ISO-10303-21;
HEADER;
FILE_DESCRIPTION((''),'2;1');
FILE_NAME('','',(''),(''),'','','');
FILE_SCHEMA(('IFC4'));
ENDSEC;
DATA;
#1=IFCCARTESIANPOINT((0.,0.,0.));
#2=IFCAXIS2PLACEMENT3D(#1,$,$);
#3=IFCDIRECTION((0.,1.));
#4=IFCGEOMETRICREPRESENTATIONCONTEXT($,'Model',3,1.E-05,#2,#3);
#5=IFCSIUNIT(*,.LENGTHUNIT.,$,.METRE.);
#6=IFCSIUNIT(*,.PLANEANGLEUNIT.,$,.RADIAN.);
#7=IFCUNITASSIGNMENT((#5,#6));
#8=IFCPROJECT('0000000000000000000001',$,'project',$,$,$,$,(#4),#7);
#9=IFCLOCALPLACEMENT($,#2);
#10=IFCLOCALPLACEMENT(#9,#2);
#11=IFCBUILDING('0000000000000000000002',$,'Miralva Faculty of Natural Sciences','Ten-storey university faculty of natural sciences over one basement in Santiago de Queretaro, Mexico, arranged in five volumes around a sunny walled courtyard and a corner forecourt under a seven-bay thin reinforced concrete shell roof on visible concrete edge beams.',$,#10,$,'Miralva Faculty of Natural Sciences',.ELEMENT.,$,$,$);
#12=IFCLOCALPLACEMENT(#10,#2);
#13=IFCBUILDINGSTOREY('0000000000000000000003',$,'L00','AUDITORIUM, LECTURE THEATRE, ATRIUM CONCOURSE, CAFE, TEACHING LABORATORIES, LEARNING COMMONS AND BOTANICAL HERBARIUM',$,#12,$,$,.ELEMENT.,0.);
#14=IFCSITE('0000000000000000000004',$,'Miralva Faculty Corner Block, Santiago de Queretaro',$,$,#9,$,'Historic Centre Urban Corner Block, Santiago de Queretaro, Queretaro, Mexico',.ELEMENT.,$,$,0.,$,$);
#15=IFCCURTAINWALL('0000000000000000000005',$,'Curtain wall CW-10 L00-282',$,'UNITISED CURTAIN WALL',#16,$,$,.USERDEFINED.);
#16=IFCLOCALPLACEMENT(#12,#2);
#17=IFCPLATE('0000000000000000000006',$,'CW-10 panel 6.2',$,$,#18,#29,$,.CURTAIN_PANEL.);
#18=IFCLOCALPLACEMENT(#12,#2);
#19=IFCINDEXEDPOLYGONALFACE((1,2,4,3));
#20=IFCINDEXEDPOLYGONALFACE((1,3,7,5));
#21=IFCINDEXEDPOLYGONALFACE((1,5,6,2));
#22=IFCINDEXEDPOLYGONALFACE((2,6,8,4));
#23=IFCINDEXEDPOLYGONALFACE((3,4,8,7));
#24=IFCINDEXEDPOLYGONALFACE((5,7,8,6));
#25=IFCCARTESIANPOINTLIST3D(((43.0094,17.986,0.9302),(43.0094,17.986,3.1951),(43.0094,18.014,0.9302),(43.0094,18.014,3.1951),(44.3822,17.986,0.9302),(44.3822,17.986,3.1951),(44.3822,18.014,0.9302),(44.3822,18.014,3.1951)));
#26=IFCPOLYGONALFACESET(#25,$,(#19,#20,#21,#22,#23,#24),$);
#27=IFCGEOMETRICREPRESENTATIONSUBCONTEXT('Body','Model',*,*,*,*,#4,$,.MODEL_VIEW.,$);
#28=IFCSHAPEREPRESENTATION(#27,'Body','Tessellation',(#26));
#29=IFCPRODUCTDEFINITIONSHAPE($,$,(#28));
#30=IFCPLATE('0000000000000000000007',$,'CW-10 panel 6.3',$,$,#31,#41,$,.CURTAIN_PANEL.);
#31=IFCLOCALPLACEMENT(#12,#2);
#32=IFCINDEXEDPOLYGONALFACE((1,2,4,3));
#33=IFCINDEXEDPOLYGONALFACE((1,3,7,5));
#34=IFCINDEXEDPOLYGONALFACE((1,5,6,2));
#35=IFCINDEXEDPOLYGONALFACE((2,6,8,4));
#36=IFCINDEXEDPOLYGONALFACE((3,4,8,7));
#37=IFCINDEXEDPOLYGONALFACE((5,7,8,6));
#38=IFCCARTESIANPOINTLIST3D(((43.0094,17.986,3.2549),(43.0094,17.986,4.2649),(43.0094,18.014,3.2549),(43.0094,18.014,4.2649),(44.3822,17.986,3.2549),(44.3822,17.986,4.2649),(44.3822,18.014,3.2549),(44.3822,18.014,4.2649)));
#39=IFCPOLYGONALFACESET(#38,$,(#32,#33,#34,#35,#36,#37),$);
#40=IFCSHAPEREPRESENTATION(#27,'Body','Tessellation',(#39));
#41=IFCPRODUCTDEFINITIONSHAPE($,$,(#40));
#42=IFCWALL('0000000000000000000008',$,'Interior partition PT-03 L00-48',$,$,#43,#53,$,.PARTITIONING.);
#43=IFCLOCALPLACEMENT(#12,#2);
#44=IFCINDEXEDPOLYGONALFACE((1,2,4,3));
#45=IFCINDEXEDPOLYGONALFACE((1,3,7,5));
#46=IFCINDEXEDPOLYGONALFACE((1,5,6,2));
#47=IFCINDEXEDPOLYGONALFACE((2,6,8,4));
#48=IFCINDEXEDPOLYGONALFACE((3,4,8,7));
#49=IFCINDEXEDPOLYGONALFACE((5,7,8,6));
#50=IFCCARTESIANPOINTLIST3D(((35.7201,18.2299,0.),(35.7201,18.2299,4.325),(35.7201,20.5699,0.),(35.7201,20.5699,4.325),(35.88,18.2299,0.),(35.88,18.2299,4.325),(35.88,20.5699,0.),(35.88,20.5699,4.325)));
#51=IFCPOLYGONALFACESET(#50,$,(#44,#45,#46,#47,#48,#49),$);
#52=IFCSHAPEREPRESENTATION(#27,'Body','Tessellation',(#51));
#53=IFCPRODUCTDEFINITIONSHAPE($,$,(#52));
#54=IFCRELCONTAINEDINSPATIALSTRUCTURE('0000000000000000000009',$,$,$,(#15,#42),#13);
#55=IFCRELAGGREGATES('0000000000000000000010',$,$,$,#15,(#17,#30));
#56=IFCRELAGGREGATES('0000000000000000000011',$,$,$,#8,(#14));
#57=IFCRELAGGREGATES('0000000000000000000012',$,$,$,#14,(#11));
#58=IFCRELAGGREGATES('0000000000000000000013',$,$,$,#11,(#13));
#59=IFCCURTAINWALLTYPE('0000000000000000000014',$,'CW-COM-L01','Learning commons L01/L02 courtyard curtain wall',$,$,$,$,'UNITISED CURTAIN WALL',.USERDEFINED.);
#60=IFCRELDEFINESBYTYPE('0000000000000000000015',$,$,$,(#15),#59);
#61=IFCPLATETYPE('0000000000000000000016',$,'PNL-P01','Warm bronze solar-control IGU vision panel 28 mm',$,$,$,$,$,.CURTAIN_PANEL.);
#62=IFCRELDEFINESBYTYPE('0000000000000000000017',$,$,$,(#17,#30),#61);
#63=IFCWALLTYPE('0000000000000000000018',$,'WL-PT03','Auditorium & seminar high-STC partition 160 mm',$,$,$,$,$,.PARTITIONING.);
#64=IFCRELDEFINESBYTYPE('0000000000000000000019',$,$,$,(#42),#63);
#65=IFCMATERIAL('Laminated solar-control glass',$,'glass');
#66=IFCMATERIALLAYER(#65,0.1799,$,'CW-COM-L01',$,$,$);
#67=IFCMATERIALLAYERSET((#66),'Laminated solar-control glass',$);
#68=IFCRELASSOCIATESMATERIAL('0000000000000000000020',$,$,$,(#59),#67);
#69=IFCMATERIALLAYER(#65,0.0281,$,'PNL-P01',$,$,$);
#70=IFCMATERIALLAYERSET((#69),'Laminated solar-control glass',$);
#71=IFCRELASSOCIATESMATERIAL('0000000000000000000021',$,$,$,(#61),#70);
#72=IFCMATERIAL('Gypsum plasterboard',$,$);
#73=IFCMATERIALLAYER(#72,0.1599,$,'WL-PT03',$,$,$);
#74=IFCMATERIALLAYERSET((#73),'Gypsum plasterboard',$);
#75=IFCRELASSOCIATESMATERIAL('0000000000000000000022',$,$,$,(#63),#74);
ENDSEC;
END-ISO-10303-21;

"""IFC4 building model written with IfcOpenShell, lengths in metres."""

from ifc_helpers import new_model, si_unit, direction, frame, frame_2d, origin, origin_2d, place, context, subcontext, project, spatial, rectangle, extrude, material, layer, layer_set, type_object, element, aggregate, save


model = new_model("IFC4")

# Units and contexts
model_context = context("Model", 3, precision=1e-05, world=origin(), true_north=direction((0.0, 1.0)))
body_context = subcontext(model_context, "Body", "Model", "MODEL_VIEW")
ifc_project = project(units=[si_unit("LENGTHUNIT", "METRE"), si_unit("PLANEANGLEUNIT", "RADIAN")], contexts=[model_context])

# Site, building, storey
site_placement = place(None, origin())
site = spatial("IfcSite", under=ifc_project, at=site_placement, Name="Miralva Faculty Corner Block, Santiago de Queretaro", LongName="Historic Centre Urban Corner Block, Santiago de Queretaro, Queretaro, Mexico", CompositionType="ELEMENT", RefElevation=0.0)
building_placement = place(site_placement, origin())
building = spatial("IfcBuilding", under=site, at=building_placement, Name="Miralva Faculty of Natural Sciences", Description="Ten-storey university faculty of natural sciences over one basement in Santiago de Queretaro, Mexico, arranged in five volumes around a sunny walled courtyard and a corner forecourt under a seven-bay thin reinforced concrete shell roof on visible concrete edge beams.", LongName="Miralva Faculty of Natural Sciences", CompositionType="ELEMENT")
storey_placement = place(building_placement, origin())
storey = spatial("IfcBuildingStorey", under=building, at=storey_placement, Name="L00", Description="AUDITORIUM, LECTURE THEATRE, ATRIUM CONCOURSE, CAFE, TEACHING LABORATORIES, LEARNING COMMONS AND BOTANICAL HERBARIUM", CompositionType="ELEMENT", Elevation=0.0)

# Curtain wall, plates
ifc_material_1 = material(Name="Laminated solar-control glass", Category="glass")
ifc_layer_1 = layer(ifc_material_1, 0.1799, Name="CW-COM-L01")
ifc_layer_set_1 = layer_set([ifc_layer_1], Name="Laminated solar-control glass")
curtain_wall_type = type_object("IfcCurtainWallType", Name="CW-COM-L01", Description="Learning commons L01/L02 courtyard curtain wall", ElementType="UNITISED CURTAIN WALL", PredefinedType="USERDEFINED", material=ifc_layer_set_1)
curtain_wall_placement = place(storey_placement, origin())
curtain_wall = element("IfcCurtainWall", 1, at=curtain_wall_placement, inside=storey, type_object=curtain_wall_type, Name="Curtain wall CW-10 L00-282", ObjectType="UNITISED CURTAIN WALL", PredefinedType="USERDEFINED")
ifc_layer_2 = layer(ifc_material_1, 0.0281, Name="PNL-P01")
ifc_layer_set_2 = layer_set([ifc_layer_2], Name="Laminated solar-control glass")
plate_type = type_object("IfcPlateType", Name="PNL-P01", Description="Warm bronze solar-control IGU vision panel 28 mm", PredefinedType="CURTAIN_PANEL", material=ifc_layer_set_2)
plate_1_placement = place(storey_placement, frame((43.6958, 18.0, 0.9302), z_axis=(0.0, 0.0, 1.0), x_axis=(1.0, 0.0, 0.0)))
plate_1 = element("IfcPlate", 2, at=plate_1_placement, type_object=plate_type, Name="CW-10 panel 6.2", PredefinedType="CURTAIN_PANEL", context=body_context, shape_type="SweptSolid", body=[
    extrude(rectangle(XDim=1.3728, YDim=0.0281, at=origin_2d()), origin(), (0.0, 0.0, 1.0), 2.2649),
])
plate_2_placement = place(storey_placement, frame((43.6958, 18.0, 3.2549), z_axis=(0.0, 0.0, 1.0), x_axis=(1.0, 0.0, 0.0)))
plate_2 = element("IfcPlate", 3, at=plate_2_placement, type_object=plate_type, Name="CW-10 panel 6.3", PredefinedType="CURTAIN_PANEL", context=body_context, shape_type="SweptSolid", body=[
    extrude(rectangle(XDim=1.3728, YDim=0.0281, at=origin_2d()), origin(), (0.0, 0.0, 1.0), 1.01),
])
aggregate(curtain_wall, [plate_1, plate_2])

# Wall
ifc_material_2 = material(Name="Gypsum plasterboard")
ifc_layer_3 = layer(ifc_material_2, 0.1599, Name="WL-PT03")
ifc_layer_set_3 = layer_set([ifc_layer_3], Name="Gypsum plasterboard")
wall_type = type_object("IfcWallType", Name="WL-PT03", Description="Auditorium & seminar high-STC partition 160 mm", PredefinedType="PARTITIONING", material=ifc_layer_set_3)
wall_placement = place(storey_placement, frame((35.8, 18.23, 0.0), z_axis=(0.0, 0.0, 1.0), x_axis=(0.0, 1.0, 0.0)))
element("IfcWall", 4, at=wall_placement, inside=storey, type_object=wall_type, Name="Interior partition PT-03 L00-48", PredefinedType="PARTITIONING", context=body_context, shape_type="SweptSolid", body=[
    extrude(rectangle(XDim=2.3401, YDim=0.1599, at=frame_2d((1.1699, 0.0))), origin(), (0.0, 0.0, 1.0), 4.325),
])

save(model, "model.ifc")
